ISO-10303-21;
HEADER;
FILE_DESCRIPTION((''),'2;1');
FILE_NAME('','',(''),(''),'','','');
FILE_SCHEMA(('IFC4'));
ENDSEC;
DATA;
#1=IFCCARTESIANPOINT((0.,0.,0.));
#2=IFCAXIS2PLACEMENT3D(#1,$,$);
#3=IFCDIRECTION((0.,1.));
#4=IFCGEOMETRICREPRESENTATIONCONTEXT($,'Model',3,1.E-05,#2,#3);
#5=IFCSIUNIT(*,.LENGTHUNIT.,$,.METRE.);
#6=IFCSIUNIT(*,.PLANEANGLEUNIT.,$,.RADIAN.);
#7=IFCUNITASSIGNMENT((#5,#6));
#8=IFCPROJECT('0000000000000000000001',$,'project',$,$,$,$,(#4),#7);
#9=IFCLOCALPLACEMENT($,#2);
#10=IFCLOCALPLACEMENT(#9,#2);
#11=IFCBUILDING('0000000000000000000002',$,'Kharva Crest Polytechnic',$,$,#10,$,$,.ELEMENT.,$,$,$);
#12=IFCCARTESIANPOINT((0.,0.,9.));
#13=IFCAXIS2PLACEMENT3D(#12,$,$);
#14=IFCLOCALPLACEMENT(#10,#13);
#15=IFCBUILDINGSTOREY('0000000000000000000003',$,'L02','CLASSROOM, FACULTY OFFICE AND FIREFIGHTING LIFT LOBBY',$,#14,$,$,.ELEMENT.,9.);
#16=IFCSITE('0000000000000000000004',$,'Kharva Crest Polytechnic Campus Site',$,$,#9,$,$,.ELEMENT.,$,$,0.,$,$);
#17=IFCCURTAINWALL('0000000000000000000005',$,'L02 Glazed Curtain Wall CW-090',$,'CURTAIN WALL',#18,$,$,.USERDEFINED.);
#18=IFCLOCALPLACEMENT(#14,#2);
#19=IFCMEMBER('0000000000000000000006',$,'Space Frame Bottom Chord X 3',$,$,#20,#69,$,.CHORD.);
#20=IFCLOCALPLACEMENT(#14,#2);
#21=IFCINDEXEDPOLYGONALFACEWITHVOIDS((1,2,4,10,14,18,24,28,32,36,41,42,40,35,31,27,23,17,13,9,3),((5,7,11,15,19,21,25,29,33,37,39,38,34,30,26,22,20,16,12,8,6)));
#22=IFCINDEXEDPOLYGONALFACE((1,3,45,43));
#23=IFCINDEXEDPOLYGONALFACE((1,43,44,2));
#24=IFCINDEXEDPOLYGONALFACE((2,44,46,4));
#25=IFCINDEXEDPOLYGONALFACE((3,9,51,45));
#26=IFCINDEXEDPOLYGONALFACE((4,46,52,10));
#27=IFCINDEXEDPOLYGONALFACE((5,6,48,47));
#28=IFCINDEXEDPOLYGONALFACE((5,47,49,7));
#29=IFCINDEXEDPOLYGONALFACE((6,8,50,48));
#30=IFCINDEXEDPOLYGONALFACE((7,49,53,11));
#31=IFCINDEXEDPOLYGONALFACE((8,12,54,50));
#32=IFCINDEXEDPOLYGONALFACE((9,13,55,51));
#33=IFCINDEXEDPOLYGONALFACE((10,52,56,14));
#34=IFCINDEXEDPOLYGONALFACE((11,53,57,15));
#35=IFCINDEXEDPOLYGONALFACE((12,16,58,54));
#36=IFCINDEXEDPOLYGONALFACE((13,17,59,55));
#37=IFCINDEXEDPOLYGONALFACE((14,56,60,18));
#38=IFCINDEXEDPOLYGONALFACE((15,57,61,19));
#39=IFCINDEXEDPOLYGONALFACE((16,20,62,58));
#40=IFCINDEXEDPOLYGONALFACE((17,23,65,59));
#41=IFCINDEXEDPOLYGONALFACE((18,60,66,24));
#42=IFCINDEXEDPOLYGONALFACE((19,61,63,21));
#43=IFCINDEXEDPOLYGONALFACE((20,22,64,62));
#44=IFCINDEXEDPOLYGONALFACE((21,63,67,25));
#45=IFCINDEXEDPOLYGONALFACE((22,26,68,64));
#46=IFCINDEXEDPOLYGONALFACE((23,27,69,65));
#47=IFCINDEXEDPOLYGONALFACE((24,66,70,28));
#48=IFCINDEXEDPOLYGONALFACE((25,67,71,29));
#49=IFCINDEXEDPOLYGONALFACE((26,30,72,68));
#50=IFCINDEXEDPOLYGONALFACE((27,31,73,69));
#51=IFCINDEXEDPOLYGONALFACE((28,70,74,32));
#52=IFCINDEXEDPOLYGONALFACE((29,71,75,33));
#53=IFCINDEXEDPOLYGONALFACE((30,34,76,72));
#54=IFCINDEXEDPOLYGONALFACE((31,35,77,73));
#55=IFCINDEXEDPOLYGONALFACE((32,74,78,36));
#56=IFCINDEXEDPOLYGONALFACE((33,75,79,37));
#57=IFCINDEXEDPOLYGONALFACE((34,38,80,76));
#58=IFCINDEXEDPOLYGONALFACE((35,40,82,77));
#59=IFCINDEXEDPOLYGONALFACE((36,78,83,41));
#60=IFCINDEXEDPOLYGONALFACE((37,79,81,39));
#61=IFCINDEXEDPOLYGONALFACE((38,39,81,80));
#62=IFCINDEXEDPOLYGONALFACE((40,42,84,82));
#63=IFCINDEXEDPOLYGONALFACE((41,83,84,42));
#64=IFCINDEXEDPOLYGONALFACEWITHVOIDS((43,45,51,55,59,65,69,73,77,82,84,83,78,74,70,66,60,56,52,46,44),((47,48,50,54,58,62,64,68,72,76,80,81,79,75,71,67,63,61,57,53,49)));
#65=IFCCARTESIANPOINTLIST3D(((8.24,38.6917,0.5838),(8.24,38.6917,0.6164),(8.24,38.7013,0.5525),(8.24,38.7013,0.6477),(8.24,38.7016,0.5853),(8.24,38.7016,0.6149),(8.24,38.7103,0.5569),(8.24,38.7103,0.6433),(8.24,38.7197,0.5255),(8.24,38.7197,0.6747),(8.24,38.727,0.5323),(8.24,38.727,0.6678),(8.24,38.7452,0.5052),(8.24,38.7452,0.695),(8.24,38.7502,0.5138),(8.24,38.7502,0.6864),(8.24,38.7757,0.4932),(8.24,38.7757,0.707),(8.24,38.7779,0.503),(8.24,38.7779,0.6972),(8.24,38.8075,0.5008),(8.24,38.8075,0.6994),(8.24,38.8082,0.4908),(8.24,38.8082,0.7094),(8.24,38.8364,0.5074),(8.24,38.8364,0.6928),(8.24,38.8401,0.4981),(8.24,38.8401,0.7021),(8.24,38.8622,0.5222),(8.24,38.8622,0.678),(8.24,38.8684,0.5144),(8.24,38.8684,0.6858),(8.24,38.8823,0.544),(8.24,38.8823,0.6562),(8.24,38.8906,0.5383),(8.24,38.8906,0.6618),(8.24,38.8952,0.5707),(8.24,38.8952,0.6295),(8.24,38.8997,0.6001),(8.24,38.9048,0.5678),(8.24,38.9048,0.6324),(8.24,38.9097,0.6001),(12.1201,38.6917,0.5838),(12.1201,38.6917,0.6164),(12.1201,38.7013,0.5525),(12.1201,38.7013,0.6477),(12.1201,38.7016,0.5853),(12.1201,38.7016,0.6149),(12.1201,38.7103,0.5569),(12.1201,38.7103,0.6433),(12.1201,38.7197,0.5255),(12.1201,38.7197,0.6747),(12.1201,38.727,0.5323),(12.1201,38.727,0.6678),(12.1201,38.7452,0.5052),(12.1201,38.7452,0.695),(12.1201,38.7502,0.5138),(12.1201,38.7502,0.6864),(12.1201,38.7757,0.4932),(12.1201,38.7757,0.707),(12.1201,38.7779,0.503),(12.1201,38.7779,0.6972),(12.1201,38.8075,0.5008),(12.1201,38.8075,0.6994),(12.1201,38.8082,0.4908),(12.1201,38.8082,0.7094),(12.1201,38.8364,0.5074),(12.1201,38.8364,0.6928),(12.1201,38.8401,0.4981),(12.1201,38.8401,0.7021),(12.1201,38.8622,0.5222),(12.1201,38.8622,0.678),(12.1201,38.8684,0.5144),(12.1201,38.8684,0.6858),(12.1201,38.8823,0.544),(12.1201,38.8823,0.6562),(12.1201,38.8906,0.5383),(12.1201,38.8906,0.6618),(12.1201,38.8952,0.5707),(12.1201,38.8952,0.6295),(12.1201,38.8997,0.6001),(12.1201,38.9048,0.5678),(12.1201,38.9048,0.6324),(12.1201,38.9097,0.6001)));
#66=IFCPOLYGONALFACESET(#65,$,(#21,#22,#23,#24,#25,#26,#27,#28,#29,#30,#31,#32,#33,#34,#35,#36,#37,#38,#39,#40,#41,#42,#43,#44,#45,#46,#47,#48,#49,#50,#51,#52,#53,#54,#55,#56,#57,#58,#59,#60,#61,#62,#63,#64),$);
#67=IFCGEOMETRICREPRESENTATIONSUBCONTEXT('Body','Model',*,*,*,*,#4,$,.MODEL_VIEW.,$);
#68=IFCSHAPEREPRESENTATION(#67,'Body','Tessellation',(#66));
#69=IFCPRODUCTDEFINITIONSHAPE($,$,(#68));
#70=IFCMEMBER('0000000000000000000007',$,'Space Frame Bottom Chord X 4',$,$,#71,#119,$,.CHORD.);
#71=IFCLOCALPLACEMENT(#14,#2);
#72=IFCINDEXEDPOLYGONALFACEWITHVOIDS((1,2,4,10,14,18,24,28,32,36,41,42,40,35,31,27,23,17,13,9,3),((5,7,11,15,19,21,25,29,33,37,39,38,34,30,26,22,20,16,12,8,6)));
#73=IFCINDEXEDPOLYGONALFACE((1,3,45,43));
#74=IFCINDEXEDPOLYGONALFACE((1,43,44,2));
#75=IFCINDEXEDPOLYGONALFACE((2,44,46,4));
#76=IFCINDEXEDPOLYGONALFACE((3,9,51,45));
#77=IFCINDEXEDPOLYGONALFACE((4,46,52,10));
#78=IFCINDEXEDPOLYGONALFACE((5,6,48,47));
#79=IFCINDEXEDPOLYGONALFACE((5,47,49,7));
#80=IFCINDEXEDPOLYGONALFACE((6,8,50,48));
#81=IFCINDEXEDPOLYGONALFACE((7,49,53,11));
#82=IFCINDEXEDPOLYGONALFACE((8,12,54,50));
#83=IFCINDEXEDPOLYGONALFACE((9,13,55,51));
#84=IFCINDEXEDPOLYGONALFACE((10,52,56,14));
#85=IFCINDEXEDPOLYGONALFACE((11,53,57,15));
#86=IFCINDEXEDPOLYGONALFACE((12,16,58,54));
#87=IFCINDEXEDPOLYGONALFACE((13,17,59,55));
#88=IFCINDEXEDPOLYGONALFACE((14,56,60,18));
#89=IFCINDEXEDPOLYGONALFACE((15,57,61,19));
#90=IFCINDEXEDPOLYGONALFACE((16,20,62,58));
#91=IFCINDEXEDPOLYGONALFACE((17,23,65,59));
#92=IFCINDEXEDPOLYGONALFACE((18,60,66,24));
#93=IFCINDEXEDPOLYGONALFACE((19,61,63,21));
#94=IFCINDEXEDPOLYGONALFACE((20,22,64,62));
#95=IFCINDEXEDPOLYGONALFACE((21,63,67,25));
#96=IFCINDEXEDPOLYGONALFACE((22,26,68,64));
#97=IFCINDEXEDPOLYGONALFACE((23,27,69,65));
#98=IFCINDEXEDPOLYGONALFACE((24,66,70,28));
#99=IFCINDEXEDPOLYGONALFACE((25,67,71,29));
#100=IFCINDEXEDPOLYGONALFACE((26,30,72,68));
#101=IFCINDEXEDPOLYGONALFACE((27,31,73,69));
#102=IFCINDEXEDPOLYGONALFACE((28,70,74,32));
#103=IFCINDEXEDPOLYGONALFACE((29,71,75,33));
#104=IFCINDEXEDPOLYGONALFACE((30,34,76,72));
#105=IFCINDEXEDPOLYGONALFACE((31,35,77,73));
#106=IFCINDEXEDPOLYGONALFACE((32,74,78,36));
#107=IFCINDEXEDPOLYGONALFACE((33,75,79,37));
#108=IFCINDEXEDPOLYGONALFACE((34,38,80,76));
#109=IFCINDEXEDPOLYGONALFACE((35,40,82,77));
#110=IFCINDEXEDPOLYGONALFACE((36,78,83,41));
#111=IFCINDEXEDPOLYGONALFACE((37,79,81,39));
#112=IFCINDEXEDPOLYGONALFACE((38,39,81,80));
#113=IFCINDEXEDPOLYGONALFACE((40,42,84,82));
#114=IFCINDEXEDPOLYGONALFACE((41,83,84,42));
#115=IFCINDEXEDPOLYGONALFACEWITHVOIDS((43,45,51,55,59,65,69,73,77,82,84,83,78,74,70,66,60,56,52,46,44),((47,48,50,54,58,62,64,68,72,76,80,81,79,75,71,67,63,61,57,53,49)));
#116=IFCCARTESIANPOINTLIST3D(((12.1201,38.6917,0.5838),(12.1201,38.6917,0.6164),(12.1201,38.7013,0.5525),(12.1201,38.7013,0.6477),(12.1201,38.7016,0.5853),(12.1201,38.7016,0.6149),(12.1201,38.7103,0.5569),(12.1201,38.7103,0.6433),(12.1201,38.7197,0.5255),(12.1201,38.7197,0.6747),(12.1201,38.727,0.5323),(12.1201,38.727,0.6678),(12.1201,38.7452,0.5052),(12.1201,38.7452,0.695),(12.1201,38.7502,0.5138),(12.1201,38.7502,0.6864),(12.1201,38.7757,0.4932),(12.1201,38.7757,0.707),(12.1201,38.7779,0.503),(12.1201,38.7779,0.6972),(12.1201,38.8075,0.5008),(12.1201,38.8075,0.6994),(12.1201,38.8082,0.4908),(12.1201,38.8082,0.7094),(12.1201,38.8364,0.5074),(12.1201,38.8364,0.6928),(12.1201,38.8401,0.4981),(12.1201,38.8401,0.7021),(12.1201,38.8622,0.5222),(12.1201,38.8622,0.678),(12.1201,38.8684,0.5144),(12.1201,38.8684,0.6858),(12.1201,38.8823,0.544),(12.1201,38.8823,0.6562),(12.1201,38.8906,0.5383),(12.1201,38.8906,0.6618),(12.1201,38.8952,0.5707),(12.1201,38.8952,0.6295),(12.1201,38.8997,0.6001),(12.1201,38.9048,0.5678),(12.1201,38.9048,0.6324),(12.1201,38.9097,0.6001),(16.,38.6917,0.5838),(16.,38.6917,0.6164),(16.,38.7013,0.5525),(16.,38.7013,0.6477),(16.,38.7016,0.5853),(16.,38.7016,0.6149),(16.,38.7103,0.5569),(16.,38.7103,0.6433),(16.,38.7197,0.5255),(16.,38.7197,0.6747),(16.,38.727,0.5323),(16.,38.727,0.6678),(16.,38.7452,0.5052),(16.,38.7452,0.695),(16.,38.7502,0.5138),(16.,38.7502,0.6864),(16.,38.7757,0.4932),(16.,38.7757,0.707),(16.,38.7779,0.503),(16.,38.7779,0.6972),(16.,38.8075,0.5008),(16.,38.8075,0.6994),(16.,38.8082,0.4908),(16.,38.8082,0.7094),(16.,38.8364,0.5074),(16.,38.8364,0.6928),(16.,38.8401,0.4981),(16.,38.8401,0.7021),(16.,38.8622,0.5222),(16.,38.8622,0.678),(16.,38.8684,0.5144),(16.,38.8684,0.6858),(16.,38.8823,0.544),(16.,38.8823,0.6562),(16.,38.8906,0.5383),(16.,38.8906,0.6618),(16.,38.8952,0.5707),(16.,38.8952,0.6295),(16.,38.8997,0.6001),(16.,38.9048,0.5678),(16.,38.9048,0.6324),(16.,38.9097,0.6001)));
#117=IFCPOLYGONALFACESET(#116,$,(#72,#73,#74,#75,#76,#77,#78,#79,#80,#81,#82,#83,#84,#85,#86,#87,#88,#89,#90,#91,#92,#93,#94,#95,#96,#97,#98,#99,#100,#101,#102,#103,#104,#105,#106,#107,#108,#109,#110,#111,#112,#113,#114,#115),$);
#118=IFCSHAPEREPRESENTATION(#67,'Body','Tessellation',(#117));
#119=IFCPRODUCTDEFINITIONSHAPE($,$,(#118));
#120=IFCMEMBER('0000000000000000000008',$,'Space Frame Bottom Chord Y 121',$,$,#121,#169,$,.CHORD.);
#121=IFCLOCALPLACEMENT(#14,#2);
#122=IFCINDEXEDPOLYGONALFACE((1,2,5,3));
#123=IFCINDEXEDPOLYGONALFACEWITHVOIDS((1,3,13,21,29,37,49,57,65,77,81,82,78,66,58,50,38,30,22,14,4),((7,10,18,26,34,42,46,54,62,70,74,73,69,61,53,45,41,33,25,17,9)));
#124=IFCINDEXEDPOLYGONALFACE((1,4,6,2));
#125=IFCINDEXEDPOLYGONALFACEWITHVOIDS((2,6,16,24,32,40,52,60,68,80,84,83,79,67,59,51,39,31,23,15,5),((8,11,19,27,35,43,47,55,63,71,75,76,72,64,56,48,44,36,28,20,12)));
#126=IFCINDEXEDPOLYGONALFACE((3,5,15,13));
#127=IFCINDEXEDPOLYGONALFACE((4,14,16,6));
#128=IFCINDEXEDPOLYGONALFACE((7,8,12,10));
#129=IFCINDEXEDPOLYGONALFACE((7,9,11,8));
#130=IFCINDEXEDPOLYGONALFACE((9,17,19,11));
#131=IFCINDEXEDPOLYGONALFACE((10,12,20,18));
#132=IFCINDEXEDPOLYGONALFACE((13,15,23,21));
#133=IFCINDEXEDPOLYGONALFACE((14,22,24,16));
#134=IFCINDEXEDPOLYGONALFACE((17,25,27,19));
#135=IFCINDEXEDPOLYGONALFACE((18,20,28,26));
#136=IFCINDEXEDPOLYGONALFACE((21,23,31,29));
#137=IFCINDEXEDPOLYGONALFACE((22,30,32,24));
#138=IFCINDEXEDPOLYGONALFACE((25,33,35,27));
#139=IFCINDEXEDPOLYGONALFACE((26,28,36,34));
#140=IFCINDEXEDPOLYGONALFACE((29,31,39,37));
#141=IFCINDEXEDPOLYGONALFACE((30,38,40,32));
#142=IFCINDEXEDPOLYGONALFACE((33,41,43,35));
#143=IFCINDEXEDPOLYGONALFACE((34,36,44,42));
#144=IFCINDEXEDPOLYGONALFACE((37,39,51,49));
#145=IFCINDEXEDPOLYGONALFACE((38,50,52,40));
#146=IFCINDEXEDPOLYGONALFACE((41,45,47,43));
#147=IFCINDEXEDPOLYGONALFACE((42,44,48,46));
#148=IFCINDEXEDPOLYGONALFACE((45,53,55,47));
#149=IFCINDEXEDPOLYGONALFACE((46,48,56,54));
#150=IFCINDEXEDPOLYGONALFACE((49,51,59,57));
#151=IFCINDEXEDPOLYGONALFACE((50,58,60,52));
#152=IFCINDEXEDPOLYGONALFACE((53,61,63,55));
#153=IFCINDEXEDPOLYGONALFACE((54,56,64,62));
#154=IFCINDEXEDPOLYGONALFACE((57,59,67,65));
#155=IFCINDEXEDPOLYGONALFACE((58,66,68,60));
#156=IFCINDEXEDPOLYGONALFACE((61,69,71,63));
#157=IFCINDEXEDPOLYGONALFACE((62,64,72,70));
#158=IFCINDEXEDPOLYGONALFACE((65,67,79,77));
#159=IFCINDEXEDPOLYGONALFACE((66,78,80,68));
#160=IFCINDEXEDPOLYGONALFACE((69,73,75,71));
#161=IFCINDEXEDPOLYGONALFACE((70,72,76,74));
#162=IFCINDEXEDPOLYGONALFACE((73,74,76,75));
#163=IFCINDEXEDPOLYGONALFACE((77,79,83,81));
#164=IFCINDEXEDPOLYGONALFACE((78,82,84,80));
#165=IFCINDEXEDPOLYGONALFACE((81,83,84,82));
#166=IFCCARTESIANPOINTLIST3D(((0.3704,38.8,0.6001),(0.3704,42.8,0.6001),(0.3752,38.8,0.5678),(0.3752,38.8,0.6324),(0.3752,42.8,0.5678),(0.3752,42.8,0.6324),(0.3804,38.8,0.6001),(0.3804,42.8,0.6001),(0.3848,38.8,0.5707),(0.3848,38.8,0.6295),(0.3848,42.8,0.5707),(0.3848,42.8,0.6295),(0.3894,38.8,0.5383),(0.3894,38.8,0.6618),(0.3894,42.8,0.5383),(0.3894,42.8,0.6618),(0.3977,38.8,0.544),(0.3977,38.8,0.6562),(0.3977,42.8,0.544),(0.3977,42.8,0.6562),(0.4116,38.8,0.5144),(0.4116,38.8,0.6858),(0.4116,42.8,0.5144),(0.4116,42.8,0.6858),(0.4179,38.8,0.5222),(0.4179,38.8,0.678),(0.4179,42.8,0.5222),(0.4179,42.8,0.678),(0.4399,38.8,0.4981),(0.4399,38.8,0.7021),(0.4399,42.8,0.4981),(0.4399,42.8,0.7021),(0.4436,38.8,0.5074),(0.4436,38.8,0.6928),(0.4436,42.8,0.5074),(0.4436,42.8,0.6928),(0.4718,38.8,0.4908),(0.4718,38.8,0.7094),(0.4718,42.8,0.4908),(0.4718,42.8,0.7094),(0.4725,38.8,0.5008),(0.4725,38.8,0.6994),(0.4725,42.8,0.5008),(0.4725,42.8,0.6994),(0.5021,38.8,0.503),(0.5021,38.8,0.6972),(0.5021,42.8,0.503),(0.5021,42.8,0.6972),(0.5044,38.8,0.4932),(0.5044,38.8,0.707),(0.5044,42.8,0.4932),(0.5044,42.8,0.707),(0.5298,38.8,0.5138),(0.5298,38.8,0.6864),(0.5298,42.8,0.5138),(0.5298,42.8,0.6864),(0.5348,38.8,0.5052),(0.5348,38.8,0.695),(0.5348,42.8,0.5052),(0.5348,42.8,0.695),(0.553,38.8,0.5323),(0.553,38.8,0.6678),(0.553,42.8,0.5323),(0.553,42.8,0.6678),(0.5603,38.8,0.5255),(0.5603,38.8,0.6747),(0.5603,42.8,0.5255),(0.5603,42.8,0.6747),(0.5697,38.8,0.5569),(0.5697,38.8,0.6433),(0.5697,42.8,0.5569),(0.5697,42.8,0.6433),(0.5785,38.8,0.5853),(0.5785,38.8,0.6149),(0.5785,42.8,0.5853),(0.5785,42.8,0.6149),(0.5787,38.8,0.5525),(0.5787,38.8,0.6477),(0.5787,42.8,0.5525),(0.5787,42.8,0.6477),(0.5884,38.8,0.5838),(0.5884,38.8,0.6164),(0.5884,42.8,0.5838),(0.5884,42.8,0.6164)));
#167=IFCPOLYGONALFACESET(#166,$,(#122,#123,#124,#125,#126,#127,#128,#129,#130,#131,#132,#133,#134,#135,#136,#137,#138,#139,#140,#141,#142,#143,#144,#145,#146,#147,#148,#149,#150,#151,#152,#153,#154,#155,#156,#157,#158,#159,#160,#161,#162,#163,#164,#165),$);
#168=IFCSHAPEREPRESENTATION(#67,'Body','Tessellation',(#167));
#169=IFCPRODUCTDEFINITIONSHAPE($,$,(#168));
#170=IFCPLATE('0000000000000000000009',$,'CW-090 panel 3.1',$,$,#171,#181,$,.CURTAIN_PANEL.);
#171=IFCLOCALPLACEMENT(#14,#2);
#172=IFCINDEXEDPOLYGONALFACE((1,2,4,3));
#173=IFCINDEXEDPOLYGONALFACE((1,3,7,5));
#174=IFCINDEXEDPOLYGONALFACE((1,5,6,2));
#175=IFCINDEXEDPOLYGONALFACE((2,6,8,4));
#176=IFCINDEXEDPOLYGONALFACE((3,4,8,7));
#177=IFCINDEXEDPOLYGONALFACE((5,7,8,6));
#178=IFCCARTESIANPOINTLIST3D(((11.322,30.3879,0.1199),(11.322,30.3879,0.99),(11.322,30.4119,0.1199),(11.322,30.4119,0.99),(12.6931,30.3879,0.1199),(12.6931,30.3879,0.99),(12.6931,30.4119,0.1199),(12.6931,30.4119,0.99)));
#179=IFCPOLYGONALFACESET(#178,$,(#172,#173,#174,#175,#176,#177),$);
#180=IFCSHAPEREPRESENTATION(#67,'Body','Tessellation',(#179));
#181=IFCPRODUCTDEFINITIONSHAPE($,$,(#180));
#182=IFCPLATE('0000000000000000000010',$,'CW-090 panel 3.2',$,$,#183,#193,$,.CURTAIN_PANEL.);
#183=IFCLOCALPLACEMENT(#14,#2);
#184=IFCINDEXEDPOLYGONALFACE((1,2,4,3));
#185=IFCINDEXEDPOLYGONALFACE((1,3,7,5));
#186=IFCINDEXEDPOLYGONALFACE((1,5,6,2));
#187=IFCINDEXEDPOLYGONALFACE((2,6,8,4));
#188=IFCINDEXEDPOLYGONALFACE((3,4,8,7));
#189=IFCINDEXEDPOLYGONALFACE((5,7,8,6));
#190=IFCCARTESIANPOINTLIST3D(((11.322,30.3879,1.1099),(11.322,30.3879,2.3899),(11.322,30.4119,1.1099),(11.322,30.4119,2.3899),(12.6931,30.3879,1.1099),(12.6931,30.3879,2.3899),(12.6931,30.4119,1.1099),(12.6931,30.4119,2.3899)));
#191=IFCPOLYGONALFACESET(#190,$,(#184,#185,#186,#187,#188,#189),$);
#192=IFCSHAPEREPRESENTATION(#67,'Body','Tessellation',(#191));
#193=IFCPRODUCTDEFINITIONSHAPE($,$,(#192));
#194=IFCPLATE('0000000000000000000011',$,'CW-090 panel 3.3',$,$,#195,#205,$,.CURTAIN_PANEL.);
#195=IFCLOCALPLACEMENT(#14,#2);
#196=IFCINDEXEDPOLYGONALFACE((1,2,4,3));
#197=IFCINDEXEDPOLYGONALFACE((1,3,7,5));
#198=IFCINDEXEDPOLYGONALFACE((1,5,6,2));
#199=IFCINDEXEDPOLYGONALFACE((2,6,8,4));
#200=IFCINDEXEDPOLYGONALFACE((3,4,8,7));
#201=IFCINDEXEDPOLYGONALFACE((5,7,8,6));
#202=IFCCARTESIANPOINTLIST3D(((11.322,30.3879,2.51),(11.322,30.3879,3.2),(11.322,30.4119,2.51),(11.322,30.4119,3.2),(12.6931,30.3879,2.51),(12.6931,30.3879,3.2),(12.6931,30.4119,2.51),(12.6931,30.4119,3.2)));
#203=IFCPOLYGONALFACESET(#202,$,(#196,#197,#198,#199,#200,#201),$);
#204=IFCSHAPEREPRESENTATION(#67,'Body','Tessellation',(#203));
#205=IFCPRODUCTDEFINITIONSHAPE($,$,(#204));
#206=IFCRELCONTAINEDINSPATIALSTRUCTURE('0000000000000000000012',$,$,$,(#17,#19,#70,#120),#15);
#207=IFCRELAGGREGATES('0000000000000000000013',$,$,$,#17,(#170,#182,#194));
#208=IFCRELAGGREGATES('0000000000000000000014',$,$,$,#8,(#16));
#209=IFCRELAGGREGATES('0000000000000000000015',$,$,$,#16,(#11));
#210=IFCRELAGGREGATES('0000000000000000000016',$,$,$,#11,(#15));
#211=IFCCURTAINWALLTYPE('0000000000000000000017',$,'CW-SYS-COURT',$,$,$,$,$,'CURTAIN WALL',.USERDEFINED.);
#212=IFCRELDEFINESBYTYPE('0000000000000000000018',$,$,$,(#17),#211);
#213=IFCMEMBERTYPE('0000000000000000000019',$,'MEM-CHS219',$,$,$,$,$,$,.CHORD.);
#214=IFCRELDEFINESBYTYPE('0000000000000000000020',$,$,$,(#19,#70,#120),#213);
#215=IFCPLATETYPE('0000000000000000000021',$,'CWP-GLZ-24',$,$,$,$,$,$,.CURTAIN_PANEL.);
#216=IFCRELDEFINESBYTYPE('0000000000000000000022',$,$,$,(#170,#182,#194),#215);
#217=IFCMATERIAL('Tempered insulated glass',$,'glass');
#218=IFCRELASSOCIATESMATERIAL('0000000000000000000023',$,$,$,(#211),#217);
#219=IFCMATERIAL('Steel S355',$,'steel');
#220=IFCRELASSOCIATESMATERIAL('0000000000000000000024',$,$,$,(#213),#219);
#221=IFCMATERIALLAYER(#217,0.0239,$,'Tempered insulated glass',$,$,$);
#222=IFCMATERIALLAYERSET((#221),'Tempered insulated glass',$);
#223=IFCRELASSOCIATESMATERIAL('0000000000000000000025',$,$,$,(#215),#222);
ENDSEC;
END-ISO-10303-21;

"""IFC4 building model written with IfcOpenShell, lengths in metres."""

from ifc_helpers import new_model, si_unit, direction, frame, origin, origin_2d, place, context, subcontext, project, spatial, rectangle, hollow_circle, extrude, material, layer, layer_set, material_profile, profile_set, type_object, element, aggregate, save


model = new_model("IFC4")

# Units and contexts
model_context = context("Model", 3, precision=1e-05, world=origin(), true_north=direction((0.0, 1.0)))
body_context = subcontext(model_context, "Body", "Model", "MODEL_VIEW")
ifc_project = project(units=[si_unit("LENGTHUNIT", "METRE"), si_unit("PLANEANGLEUNIT", "RADIAN")], contexts=[model_context])

# Site, building, storey
site_placement = place(None, origin())
site = spatial("IfcSite", under=ifc_project, at=site_placement, Name="Kharva Crest Polytechnic Campus Site", CompositionType="ELEMENT", RefElevation=0.0)
building_placement = place(site_placement, origin())
building = spatial("IfcBuilding", under=site, at=building_placement, Name="Kharva Crest Polytechnic", CompositionType="ELEMENT")
storey_placement = place(building_placement, frame((0.0, 0.0, 9.0)))
storey = spatial("IfcBuildingStorey", under=building, at=storey_placement, Name="L02", Description="CLASSROOM, FACULTY OFFICE AND FIREFIGHTING LIFT LOBBY", CompositionType="ELEMENT", Elevation=9.0)

# Curtain wall
ifc_material_1 = material(Name="Tempered insulated glass", Category="glass")
curtain_wall_type = type_object("IfcCurtainWallType", Name="CW-SYS-COURT", ElementType="CURTAIN WALL", PredefinedType="USERDEFINED", material=ifc_material_1)
curtain_wall_placement = place(storey_placement, origin())
curtain_wall = element("IfcCurtainWall", 1, at=curtain_wall_placement, inside=storey, type_object=curtain_wall_type, Name="L02 Glazed Curtain Wall CW-090", ObjectType="CURTAIN WALL", PredefinedType="USERDEFINED")
ifc_material_2 = material(Name="Steel S355", Category="steel")

# Members
ifc_material_profile_1 = material_profile(ifc_material_2, hollow_circle(Radius=0.1096, WallThickness=0.01, at=origin_2d()), Name="CHS 219.1X10.0")
ifc_profile_set_1 = profile_set([ifc_material_profile_1], Name="Steel S355")
member_type_1 = type_object("IfcMemberType", Name="MEM-CHS219", PredefinedType="CHORD", material=ifc_profile_set_1)
member_1_placement = place(storey_placement, frame((8.24, 38.8, 0.6001), z_axis=(1.0, 0.0, 0.0), x_axis=(0.0, 1.0, 0.0)))
element("IfcMember", 2, at=member_1_placement, inside=storey, type_object=member_type_1, Name="Space Frame Bottom Chord X 3", PredefinedType="CHORD", context=body_context, shape_type="SweptSolid", body=[
    extrude(hollow_circle(Radius=0.1096, WallThickness=0.01, at=origin_2d()), origin(), (0.0, 0.0, 1.0), 3.8801),
])
member_2_placement = place(storey_placement, frame((12.1201, 38.8, 0.6001), z_axis=(1.0, 0.0, 0.0), x_axis=(0.0, 1.0, 0.0)))
element("IfcMember", 3, at=member_2_placement, inside=storey, type_object=member_type_1, Name="Space Frame Bottom Chord X 4", PredefinedType="CHORD", context=body_context, shape_type="SweptSolid", body=[
    extrude(hollow_circle(Radius=0.1096, WallThickness=0.01, at=origin_2d()), origin(), (0.0, 0.0, 1.0), 3.8799),
])
member_3_placement = place(storey_placement, frame((0.48, 38.8, 0.6001), z_axis=(0.0, 1.0, 0.0), x_axis=(-1.0, 0.0, 0.0)))
element("IfcMember", 4, at=member_3_placement, inside=storey, type_object=member_type_1, Name="Space Frame Bottom Chord Y 121", PredefinedType="CHORD", context=body_context, shape_type="SweptSolid", body=[
    extrude(hollow_circle(Radius=0.1096, WallThickness=0.01, at=origin_2d()), origin(), (0.0, 0.0, 1.0), 4.0),
])

# Plates
ifc_layer = layer(ifc_material_1, 0.0239, Name="Tempered insulated glass")
ifc_layer_set = layer_set([ifc_layer], Name="Tempered insulated glass")
plate_type_1 = type_object("IfcPlateType", Name="CWP-GLZ-24", PredefinedType="CURTAIN_PANEL", material=ifc_layer_set)
plate_1_placement = place(storey_placement, frame((12.0076, 30.3999, 0.1199), z_axis=(0.0, 0.0, 1.0), x_axis=(-1.0, 0.0, 0.0)))
plate_1 = element("IfcPlate", 5, at=plate_1_placement, type_object=plate_type_1, Name="CW-090 panel 3.1", PredefinedType="CURTAIN_PANEL", context=body_context, shape_type="SweptSolid", body=[
    extrude(rectangle(XDim=1.3711, YDim=0.0239, at=origin_2d()), origin(), (0.0, 0.0, 1.0), 0.8701),
])
plate_2_placement = place(storey_placement, frame((12.0076, 30.3999, 1.1099), z_axis=(0.0, 0.0, 1.0), x_axis=(-1.0, 0.0, 0.0)))
plate_2 = element("IfcPlate", 6, at=plate_2_placement, type_object=plate_type_1, Name="CW-090 panel 3.2", PredefinedType="CURTAIN_PANEL", context=body_context, shape_type="SweptSolid", body=[
    extrude(rectangle(XDim=1.3711, YDim=0.0239, at=origin_2d()), origin(), (0.0, 0.0, 1.0), 1.28),
])
plate_3_placement = place(storey_placement, frame((12.0076, 30.3999, 2.51), z_axis=(0.0, 0.0, 1.0), x_axis=(-1.0, 0.0, 0.0)))
plate_3 = element("IfcPlate", 7, at=plate_3_placement, type_object=plate_type_1, Name="CW-090 panel 3.3", PredefinedType="CURTAIN_PANEL", context=body_context, shape_type="SweptSolid", body=[
    extrude(rectangle(XDim=1.3711, YDim=0.0239, at=origin_2d()), origin(), (0.0, 0.0, 1.0), 0.6899),
])
aggregate(curtain_wall, [plate_1, plate_2, plate_3])

save(model, "model.ifc")
